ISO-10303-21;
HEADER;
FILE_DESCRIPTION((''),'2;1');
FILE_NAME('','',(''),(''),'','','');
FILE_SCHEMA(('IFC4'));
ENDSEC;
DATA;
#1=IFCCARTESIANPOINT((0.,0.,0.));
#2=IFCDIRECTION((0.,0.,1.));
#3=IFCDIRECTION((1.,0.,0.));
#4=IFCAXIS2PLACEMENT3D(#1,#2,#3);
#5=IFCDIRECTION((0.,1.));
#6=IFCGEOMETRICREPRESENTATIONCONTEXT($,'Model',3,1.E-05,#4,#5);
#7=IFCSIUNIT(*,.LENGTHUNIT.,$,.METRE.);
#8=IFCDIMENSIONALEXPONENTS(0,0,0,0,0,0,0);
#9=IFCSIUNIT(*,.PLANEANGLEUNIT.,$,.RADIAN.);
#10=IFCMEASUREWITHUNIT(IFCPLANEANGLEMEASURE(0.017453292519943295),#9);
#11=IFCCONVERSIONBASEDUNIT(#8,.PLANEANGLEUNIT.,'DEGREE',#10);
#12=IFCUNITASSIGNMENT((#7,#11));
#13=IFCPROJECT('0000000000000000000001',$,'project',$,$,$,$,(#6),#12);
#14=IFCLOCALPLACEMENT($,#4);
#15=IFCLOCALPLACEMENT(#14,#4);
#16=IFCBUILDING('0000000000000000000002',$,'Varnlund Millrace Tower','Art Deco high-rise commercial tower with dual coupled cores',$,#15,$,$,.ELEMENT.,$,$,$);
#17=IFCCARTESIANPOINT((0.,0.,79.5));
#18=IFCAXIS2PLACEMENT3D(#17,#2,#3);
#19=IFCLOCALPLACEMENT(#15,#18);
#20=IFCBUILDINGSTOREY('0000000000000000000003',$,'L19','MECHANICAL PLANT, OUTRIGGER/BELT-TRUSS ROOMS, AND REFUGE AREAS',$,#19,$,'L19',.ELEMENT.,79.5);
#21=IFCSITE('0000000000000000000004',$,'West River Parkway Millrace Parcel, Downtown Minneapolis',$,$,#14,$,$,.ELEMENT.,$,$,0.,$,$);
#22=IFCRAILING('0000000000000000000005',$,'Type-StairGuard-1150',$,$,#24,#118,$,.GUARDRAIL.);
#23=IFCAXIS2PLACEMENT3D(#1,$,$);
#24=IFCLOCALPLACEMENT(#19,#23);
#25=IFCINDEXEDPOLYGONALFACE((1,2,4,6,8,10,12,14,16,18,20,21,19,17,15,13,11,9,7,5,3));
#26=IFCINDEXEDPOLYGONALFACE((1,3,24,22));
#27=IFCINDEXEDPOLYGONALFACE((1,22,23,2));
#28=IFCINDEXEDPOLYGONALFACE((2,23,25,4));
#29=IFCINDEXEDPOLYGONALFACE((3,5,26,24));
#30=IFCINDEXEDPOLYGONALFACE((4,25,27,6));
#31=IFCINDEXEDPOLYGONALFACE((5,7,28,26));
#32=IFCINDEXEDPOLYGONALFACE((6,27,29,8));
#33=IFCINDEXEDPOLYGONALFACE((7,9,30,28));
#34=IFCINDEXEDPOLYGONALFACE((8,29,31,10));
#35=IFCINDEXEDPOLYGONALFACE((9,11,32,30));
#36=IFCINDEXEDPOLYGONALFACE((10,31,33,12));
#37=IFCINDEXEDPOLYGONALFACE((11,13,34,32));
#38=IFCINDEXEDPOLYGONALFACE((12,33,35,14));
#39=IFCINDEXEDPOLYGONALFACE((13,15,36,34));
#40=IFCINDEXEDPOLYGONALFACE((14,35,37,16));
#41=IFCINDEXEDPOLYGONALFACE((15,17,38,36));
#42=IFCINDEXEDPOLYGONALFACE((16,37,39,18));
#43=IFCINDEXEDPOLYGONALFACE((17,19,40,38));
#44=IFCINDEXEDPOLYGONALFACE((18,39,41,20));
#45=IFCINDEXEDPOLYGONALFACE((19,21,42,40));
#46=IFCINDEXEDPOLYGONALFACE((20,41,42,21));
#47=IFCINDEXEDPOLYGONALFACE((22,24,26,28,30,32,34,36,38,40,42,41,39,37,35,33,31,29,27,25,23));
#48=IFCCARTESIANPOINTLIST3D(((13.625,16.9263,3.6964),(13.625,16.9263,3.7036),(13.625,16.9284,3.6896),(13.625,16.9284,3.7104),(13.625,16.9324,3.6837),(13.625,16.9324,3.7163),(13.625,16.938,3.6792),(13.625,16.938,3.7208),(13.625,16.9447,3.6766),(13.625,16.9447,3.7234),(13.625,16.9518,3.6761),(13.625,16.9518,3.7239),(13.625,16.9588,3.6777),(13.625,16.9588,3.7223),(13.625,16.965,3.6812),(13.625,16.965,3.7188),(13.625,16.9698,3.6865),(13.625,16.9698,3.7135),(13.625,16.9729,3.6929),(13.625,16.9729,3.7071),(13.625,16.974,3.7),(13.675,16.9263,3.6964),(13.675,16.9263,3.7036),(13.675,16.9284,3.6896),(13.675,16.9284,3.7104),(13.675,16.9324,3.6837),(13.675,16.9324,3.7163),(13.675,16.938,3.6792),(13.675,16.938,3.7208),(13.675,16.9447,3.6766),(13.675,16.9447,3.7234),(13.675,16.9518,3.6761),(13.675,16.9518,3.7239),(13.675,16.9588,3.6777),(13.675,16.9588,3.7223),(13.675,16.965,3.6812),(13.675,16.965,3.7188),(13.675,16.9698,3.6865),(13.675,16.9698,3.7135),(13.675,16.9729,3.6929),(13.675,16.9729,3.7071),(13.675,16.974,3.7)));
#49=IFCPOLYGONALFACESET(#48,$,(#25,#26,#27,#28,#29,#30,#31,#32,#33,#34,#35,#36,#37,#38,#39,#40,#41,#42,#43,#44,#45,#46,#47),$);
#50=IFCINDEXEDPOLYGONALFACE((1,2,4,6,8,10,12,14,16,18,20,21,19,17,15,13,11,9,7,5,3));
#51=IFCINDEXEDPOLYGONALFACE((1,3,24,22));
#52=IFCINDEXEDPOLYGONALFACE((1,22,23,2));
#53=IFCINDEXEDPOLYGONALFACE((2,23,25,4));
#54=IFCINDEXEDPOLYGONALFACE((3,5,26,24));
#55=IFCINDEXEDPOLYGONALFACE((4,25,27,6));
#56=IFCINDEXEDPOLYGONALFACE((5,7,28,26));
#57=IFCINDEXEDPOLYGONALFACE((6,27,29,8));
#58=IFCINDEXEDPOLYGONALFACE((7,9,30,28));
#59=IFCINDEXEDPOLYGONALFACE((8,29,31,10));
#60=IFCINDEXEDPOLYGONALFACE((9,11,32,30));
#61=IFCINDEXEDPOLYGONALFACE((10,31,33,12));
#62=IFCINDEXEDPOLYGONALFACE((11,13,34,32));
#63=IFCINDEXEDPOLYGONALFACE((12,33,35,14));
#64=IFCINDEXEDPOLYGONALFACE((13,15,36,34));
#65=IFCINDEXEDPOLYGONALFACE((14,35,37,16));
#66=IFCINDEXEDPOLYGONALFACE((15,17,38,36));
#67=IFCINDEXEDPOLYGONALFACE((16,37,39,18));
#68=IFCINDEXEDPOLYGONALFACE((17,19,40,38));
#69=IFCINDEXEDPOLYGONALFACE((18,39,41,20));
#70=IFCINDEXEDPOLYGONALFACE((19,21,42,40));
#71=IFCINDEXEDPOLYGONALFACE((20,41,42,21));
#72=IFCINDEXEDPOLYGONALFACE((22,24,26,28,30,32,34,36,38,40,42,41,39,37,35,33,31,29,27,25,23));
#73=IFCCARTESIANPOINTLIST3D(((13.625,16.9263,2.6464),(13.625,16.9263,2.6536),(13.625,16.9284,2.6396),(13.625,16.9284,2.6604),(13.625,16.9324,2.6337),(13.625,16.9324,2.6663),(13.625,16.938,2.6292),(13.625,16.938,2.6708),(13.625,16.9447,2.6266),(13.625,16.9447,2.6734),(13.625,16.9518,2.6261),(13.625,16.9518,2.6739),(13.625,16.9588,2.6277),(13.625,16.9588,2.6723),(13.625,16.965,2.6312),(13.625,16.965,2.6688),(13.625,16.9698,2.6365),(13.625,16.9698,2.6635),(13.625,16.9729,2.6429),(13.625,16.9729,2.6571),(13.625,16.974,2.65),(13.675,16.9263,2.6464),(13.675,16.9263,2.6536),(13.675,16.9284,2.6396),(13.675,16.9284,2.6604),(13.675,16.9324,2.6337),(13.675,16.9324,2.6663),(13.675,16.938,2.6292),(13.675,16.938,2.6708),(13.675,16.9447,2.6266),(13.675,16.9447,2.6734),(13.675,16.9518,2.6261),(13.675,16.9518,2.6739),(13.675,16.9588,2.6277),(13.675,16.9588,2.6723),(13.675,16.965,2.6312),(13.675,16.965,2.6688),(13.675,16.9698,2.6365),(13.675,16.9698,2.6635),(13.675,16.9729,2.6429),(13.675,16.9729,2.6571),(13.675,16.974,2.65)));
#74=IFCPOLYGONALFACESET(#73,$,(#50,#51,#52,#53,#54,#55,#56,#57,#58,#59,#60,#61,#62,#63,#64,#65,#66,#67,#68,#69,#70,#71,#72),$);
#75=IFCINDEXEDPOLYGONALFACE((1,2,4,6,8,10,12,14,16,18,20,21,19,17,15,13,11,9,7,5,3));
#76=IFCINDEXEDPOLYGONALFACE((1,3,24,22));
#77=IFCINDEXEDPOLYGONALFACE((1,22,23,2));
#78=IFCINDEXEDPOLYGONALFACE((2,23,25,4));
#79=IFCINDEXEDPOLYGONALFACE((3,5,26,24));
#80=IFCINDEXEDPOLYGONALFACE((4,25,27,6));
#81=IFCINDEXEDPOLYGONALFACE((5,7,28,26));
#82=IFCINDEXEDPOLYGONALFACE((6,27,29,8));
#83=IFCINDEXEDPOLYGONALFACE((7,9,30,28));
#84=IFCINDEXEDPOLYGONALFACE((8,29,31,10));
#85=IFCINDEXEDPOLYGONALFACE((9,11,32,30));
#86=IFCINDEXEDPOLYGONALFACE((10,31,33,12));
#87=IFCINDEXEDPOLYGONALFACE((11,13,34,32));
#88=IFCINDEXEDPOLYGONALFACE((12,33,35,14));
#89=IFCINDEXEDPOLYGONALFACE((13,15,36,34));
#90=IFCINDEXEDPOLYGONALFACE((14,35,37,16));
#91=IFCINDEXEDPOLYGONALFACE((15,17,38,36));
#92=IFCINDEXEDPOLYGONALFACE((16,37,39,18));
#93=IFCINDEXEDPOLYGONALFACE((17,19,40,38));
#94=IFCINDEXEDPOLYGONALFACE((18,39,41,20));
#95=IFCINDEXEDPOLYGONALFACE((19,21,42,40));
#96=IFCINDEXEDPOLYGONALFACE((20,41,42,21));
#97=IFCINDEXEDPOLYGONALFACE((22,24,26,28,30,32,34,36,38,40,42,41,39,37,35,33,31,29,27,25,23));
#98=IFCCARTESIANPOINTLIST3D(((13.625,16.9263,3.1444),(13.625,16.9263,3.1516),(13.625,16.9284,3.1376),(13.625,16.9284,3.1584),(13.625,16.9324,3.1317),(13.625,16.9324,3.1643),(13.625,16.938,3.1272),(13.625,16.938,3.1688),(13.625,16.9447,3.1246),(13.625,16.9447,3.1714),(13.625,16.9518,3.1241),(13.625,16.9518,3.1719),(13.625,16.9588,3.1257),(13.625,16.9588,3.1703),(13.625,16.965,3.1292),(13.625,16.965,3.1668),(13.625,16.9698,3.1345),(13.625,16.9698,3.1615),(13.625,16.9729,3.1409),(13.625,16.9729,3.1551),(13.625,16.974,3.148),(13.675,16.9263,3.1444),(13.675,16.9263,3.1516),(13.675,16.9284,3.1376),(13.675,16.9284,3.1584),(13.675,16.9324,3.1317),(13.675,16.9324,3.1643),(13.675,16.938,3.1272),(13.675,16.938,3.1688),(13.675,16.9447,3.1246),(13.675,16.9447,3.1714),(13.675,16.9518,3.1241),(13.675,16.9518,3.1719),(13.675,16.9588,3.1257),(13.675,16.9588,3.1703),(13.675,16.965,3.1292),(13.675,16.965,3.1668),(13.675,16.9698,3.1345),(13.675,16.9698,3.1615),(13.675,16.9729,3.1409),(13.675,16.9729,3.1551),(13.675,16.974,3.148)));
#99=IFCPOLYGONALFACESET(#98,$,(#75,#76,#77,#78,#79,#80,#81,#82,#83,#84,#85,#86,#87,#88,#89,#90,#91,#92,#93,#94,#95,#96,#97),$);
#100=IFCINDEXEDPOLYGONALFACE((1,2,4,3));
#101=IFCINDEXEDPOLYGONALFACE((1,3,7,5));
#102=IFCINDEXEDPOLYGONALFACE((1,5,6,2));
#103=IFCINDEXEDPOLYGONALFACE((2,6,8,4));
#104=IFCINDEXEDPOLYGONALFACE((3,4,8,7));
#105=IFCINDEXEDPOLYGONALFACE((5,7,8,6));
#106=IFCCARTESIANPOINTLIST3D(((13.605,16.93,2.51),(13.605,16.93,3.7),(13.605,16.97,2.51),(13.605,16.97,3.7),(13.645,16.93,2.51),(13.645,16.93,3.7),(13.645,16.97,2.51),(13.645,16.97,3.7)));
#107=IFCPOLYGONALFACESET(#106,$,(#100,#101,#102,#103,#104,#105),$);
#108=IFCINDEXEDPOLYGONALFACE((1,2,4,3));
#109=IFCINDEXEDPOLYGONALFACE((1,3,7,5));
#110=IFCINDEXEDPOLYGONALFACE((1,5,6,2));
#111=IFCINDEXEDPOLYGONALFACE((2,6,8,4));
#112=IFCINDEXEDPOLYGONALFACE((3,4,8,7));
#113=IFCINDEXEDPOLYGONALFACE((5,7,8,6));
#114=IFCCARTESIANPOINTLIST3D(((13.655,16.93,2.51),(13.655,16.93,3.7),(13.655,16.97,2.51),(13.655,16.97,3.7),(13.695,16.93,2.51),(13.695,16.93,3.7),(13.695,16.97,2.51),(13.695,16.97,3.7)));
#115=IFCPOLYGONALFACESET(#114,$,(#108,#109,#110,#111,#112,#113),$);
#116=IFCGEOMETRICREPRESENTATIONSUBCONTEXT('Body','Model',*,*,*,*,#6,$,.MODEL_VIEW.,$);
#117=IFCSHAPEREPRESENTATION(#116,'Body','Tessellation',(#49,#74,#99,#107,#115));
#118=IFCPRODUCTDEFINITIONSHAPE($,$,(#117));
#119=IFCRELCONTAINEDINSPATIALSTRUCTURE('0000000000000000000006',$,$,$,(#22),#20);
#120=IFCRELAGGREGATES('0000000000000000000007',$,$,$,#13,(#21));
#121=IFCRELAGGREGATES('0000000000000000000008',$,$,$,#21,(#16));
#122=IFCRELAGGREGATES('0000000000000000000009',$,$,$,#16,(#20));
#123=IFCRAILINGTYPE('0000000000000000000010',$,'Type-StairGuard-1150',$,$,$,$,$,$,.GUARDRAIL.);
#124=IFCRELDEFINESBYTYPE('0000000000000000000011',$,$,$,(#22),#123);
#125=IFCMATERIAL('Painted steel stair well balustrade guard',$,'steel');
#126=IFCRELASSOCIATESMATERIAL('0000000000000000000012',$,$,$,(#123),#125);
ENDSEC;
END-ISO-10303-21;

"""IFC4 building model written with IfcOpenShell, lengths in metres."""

from ifc_helpers import new_model, entity, si_unit, converted_unit, direction, frame, origin_with_axes, origin_2d_with_axis, place, context, subcontext, project, spatial, rectangle, circle, extrude, material, type_object, element, save


model = new_model("IFC4")

# Units and contexts
model_context = context("Model", 3, precision=1e-05, world=origin_with_axes(), true_north=direction((0.0, 1.0)))
body_context = subcontext(model_context, "Body", "Model", "MODEL_VIEW")
ifc_project = project(units=[si_unit("LENGTHUNIT", "METRE"), converted_unit("PLANEANGLEUNIT", "DEGREE", entity("IfcPlaneAngleMeasure", 0.017453292519943295), si_unit("PLANEANGLEUNIT", "RADIAN"), dimensions=[0, 0, 0, 0, 0, 0, 0])], contexts=[model_context])

# Site, building, storey
site_placement = place(None, origin_with_axes())
site = spatial("IfcSite", under=ifc_project, at=site_placement, Name="West River Parkway Millrace Parcel, Downtown Minneapolis", CompositionType="ELEMENT", RefElevation=0.0)
building_placement = place(site_placement, origin_with_axes())
building = spatial("IfcBuilding", under=site, at=building_placement, Name="Varnlund Millrace Tower", Description="Art Deco high-rise commercial tower with dual coupled cores", CompositionType="ELEMENT")
storey_placement = place(building_placement, frame((0.0, 0.0, 79.5), z_axis=(0.0, 0.0, 1.0), x_axis=(1.0, 0.0, 0.0)))
storey = spatial("IfcBuildingStorey", under=building, at=storey_placement, Name="L19", Description="MECHANICAL PLANT, OUTRIGGER/BELT-TRUSS ROOMS, AND REFUGE AREAS", LongName="L19", CompositionType="ELEMENT", Elevation=79.5)

# Railing
ifc_material_1 = material(Name="Painted steel stair well balustrade guard", Category="steel")
railing_type_1 = type_object("IfcRailingType", Name="Type-StairGuard-1150", PredefinedType="GUARDRAIL", material=ifc_material_1)
railing_1_placement = place(storey_placement, frame((0.0, 0.0, -79.5), z_axis=(0.0, 0.0, 1.0), x_axis=(1.0, 0.0, 0.0)))
element("IfcRailing", 1, at=railing_1_placement, inside=storey, type_object=railing_type_1, Name="Type-StairGuard-1150", PredefinedType="GUARDRAIL", context=body_context, shape_type="SweptSolid", body=[
    extrude(circle(Radius=0.024, at=origin_2d_with_axis()), frame((13.625, 16.95, 83.2), z_axis=(1.0, 0.0, 0.0), x_axis=(0.0, 1.0, 0.0)), (0.0, 0.0, 1.0), 0.05),
    extrude(circle(Radius=0.024, at=origin_2d_with_axis()), frame((13.625, 16.95, 82.15), z_axis=(1.0, 0.0, 0.0), x_axis=(0.0, 1.0, 0.0)), (0.0, 0.0, 1.0), 0.05),
    extrude(circle(Radius=0.024, at=origin_2d_with_axis()), frame((13.625, 16.95, 82.648), z_axis=(1.0, 0.0, 0.0), x_axis=(0.0, 1.0, 0.0)), (0.0, 0.0, 1.0), 0.05),
    extrude(rectangle(XDim=0.04, YDim=0.04, at=origin_2d_with_axis()), frame((13.625, 16.95, 82.01), z_axis=(0.0, 0.0, 1.0), x_axis=(1.0, 0.0, 0.0)), (0.0, 0.0, 1.0), 1.19),
    extrude(rectangle(XDim=0.04, YDim=0.04, at=origin_2d_with_axis()), frame((13.675, 16.95, 82.01), z_axis=(0.0, 0.0, 1.0), x_axis=(1.0, 0.0, 0.0)), (0.0, 0.0, 1.0), 1.19),
])

save(model, "model.ifc")
